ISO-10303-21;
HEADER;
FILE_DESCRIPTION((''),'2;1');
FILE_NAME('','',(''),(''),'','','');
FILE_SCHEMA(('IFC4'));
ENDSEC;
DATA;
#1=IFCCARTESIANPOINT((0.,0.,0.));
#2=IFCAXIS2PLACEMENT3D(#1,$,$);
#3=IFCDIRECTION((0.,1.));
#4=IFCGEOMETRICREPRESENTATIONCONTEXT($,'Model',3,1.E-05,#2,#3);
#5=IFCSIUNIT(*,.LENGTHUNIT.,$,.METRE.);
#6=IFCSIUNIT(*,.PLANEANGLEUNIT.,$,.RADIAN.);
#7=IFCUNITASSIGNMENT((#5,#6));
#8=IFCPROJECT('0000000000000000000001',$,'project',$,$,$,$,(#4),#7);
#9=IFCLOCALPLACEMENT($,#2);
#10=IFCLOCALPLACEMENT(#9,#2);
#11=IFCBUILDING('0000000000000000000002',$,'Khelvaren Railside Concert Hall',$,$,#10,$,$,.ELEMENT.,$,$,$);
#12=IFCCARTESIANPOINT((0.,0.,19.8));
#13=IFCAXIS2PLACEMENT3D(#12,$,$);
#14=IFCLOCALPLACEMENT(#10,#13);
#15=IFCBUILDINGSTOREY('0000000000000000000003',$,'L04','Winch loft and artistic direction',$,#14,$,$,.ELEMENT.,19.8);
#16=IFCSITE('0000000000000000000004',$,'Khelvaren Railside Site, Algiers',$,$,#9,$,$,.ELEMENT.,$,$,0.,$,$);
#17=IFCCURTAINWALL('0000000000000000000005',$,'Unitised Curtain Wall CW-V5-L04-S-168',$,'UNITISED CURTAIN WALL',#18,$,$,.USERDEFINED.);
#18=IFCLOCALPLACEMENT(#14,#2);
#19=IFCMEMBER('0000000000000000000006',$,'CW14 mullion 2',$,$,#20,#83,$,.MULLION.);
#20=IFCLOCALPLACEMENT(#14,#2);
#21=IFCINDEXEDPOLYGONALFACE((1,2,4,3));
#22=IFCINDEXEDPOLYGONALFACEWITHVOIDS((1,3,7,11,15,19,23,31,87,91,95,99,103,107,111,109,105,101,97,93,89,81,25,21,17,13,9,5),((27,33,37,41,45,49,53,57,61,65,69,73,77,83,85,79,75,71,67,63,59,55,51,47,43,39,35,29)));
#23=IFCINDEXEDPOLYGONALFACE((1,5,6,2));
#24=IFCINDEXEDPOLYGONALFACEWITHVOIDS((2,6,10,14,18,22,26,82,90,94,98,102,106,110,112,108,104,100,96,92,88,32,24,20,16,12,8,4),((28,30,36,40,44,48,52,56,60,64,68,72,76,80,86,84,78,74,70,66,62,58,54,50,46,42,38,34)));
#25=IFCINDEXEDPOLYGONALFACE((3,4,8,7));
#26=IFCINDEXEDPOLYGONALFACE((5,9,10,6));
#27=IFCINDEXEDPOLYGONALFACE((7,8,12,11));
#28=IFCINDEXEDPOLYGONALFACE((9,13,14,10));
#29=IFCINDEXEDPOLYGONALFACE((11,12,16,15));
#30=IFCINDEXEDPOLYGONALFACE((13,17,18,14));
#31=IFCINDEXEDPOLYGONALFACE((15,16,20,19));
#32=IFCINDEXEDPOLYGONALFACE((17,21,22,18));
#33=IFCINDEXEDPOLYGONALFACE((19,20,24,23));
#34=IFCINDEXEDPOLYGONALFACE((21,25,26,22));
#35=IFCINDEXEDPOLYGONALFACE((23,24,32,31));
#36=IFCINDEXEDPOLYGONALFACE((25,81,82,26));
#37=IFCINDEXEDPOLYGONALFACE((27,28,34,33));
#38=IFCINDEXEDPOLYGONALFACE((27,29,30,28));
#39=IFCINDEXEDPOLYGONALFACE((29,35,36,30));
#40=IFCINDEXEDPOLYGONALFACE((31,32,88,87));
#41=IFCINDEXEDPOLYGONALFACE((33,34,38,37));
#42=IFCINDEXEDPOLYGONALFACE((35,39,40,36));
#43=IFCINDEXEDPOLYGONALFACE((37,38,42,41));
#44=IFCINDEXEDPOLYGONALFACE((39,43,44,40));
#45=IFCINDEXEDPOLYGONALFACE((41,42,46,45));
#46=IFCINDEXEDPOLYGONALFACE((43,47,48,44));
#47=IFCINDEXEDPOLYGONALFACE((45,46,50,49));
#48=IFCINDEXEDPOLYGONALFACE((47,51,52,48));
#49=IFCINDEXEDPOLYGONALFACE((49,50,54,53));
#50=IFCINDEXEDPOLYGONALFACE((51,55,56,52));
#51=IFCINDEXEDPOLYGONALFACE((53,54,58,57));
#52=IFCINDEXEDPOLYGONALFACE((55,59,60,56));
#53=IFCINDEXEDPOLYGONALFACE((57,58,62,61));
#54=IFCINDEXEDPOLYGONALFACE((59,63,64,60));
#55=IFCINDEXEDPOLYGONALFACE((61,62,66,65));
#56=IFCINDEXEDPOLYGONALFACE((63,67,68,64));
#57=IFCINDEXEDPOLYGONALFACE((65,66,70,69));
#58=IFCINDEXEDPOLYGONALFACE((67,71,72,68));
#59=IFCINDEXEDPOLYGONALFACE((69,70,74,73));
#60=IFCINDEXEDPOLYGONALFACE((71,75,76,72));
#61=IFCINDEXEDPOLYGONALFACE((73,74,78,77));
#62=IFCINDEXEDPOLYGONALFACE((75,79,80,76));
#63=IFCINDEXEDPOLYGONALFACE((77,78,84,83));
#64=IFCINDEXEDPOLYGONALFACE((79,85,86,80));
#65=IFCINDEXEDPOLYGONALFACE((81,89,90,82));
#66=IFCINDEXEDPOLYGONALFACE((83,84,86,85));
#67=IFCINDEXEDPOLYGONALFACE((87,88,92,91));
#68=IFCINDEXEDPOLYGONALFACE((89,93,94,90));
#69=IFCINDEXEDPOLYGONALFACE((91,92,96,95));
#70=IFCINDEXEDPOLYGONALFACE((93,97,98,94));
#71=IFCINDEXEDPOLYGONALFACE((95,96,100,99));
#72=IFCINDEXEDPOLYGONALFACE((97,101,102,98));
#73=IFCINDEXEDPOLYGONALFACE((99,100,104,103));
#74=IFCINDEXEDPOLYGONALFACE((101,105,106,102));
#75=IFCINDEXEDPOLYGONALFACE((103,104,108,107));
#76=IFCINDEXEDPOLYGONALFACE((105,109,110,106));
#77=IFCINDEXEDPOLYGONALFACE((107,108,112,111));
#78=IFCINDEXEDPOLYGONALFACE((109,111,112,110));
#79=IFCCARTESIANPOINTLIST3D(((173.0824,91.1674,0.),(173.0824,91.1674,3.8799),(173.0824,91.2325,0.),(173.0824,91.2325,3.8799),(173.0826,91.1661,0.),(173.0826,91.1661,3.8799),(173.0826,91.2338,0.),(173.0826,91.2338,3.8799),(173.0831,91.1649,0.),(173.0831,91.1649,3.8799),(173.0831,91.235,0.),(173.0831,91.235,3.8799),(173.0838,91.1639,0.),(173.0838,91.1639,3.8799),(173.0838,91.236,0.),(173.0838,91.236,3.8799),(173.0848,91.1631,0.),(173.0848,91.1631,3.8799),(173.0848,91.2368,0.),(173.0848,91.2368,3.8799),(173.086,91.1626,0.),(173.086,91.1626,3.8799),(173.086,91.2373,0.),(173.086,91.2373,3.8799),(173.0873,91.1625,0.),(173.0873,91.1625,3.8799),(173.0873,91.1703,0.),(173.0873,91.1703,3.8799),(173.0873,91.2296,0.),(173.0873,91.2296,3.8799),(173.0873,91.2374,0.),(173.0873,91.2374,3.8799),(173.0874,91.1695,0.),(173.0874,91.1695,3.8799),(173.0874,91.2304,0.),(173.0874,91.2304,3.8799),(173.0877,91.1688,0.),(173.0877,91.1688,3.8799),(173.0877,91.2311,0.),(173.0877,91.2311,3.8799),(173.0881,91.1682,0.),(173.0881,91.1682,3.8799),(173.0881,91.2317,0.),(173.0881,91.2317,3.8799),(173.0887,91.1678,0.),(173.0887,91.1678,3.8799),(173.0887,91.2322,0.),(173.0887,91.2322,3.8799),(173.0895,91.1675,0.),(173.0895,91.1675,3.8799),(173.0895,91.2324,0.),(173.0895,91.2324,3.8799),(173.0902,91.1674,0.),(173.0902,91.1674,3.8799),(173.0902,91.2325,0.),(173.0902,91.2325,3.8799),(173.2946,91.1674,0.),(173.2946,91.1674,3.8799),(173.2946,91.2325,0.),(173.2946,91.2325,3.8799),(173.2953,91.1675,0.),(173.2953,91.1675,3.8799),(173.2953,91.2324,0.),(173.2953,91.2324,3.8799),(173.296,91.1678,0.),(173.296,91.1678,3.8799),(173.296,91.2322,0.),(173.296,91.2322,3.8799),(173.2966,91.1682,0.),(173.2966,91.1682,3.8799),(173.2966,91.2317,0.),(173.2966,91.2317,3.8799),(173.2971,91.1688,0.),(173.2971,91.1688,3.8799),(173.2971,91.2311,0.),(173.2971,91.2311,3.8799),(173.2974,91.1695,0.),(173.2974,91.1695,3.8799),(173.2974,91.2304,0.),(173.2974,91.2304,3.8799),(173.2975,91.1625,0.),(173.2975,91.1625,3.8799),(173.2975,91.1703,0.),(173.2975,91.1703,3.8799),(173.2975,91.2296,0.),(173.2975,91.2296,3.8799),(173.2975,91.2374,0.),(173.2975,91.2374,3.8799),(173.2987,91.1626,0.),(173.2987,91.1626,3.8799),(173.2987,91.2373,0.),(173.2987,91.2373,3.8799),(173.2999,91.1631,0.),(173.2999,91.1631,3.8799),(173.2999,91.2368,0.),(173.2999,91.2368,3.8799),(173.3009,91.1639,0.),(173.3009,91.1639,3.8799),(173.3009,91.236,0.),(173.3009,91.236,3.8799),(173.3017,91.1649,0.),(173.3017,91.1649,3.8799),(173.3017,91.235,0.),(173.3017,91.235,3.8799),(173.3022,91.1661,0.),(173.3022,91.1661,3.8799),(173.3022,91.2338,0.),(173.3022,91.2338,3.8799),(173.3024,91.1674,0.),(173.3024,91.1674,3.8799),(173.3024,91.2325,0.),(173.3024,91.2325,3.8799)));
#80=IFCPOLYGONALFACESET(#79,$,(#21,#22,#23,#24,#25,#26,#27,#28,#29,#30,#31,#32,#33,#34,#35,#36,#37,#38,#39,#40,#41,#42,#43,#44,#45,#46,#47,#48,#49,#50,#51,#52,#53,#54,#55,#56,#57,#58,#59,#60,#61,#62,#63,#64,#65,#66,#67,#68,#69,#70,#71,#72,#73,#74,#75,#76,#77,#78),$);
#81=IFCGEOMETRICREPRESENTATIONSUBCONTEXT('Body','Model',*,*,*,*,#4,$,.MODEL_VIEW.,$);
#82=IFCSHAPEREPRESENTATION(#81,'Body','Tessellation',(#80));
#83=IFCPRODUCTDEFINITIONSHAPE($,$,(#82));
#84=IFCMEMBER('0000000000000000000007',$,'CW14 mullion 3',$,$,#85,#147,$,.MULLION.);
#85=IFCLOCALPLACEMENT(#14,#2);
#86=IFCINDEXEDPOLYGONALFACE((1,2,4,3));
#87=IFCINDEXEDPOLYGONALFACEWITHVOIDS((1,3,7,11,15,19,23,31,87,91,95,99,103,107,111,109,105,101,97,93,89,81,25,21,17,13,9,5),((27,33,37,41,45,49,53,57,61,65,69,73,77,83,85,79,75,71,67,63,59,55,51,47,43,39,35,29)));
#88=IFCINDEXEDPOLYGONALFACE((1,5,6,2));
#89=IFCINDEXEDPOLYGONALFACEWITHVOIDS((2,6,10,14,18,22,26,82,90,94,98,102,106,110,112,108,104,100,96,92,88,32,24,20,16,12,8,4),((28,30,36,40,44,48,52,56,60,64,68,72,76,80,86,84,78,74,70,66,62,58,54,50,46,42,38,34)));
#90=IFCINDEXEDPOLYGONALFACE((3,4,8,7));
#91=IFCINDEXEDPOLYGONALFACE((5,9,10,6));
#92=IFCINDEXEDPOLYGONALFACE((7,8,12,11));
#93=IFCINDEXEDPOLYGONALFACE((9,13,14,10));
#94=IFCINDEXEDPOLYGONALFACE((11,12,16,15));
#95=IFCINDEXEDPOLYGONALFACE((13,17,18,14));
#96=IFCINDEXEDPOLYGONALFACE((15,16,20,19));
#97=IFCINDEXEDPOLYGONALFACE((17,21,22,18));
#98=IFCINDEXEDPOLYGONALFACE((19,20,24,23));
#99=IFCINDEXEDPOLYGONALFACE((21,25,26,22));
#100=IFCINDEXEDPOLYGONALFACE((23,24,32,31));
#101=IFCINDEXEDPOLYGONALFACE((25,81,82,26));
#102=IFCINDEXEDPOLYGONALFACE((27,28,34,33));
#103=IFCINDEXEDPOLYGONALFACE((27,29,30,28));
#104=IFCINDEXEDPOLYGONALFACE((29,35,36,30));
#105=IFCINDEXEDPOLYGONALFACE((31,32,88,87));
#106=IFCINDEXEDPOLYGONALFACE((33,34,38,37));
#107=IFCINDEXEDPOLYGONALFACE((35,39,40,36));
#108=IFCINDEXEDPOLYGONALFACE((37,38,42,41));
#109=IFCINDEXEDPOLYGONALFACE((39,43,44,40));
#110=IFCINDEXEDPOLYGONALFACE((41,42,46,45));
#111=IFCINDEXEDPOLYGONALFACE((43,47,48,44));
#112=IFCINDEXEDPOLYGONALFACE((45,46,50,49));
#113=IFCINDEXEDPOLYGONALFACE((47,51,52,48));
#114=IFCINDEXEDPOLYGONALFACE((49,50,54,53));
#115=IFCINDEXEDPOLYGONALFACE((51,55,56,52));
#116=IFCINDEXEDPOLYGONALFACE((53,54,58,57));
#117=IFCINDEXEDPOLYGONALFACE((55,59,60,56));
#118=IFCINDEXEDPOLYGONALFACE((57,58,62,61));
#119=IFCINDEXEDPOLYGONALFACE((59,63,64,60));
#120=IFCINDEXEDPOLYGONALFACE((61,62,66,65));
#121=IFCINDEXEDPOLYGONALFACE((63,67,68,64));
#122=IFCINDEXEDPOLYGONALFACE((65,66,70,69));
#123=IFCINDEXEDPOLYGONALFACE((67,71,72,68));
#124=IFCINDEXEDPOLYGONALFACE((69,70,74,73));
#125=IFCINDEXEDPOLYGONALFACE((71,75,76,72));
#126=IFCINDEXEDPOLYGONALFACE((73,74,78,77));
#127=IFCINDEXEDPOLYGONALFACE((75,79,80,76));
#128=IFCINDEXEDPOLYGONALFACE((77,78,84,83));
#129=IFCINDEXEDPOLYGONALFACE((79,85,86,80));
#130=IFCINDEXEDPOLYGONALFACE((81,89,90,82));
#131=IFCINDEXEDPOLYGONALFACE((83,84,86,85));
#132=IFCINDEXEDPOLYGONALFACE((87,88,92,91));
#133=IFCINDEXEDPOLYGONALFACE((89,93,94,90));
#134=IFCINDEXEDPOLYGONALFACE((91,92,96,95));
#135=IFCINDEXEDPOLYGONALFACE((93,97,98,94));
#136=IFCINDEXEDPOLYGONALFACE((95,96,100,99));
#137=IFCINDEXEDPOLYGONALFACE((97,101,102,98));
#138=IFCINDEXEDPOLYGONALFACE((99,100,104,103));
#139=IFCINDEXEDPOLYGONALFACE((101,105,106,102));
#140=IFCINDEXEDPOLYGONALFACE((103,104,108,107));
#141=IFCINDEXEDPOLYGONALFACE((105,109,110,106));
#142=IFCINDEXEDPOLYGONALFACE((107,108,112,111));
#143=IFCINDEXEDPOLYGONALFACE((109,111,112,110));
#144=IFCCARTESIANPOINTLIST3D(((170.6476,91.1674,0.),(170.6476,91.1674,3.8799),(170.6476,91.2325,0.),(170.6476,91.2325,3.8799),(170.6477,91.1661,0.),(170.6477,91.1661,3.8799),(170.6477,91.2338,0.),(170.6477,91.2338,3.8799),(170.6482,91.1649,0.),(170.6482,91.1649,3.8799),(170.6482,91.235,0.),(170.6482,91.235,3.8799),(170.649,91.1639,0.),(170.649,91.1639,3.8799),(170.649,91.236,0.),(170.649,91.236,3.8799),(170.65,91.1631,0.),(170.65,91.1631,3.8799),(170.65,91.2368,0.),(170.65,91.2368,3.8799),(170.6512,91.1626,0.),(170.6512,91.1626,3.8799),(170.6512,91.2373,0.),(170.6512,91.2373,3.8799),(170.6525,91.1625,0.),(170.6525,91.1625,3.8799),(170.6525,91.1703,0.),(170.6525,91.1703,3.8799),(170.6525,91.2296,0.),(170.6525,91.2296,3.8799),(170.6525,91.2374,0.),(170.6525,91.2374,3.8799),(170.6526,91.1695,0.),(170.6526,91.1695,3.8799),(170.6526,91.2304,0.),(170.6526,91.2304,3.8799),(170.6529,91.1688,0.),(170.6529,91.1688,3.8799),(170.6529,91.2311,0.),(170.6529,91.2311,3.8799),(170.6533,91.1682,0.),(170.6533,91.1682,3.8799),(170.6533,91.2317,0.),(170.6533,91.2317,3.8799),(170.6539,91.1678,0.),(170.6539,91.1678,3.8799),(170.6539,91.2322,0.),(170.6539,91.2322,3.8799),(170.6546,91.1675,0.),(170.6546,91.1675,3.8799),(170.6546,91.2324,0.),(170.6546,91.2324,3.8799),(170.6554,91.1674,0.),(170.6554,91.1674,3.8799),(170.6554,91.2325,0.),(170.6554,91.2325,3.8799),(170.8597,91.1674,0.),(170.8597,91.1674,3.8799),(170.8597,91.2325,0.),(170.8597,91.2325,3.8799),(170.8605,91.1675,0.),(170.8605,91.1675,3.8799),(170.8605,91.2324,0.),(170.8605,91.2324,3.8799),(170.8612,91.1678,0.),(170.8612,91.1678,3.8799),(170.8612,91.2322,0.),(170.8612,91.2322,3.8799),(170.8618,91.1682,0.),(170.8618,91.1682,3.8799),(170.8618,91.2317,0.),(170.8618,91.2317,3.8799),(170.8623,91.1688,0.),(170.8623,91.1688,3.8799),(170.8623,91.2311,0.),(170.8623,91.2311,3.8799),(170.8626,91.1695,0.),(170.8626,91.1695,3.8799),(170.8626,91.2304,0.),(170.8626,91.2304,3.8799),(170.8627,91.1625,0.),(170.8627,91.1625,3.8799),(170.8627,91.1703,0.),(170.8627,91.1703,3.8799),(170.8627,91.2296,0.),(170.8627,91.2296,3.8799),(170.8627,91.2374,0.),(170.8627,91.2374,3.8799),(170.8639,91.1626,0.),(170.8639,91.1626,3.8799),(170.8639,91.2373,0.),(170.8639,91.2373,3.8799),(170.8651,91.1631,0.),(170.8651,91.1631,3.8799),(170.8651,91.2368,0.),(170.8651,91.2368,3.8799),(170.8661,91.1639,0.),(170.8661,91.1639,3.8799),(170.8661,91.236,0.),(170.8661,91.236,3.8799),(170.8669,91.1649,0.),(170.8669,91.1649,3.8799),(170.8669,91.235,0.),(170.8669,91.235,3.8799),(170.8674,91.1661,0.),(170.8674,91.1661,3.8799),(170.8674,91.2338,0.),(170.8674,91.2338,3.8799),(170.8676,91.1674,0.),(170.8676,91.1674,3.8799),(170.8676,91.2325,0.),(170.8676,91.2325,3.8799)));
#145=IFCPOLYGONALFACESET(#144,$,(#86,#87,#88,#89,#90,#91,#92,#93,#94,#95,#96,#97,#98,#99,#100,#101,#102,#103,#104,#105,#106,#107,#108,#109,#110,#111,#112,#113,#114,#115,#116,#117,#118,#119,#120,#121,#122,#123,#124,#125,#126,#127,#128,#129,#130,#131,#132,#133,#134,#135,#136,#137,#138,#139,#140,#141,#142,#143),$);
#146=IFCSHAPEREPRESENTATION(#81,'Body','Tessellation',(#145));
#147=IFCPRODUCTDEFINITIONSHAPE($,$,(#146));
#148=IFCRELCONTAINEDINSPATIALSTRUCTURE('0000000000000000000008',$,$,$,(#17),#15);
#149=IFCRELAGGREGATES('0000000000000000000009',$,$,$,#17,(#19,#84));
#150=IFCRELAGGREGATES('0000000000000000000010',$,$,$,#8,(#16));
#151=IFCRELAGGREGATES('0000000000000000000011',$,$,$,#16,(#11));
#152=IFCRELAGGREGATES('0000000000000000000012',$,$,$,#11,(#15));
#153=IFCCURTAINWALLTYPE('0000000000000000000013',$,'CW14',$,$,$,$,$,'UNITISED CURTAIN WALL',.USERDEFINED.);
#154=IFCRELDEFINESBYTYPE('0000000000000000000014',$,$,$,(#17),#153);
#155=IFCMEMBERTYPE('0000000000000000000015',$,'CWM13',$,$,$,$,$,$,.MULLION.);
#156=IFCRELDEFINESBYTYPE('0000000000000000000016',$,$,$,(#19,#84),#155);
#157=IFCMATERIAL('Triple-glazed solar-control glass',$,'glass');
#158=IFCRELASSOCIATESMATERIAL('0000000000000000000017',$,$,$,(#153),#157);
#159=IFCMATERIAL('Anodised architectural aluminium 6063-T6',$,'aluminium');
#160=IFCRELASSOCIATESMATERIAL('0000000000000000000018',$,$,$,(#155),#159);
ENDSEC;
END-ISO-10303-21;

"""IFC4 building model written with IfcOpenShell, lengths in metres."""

from ifc_helpers import new_model, si_unit, direction, frame, origin, origin_2d, place, context, subcontext, project, spatial, hollow_rectangle, extrude, material, material_profile, profile_set, type_object, element, aggregate, save


model = new_model("IFC4")

# Units and contexts
model_context = context("Model", 3, precision=1e-05, world=origin(), true_north=direction((0.0, 1.0)))
body_context = subcontext(model_context, "Body", "Model", "MODEL_VIEW")
ifc_project = project(units=[si_unit("LENGTHUNIT", "METRE"), si_unit("PLANEANGLEUNIT", "RADIAN")], contexts=[model_context])

# Site, building, storey
site_placement = place(None, origin())
site = spatial("IfcSite", under=ifc_project, at=site_placement, Name="Khelvaren Railside Site, Algiers", CompositionType="ELEMENT", RefElevation=0.0)
building_placement = place(site_placement, origin())
building = spatial("IfcBuilding", under=site, at=building_placement, Name="Khelvaren Railside Concert Hall", CompositionType="ELEMENT")
storey_placement = place(building_placement, frame((0.0, 0.0, 19.8)))
storey = spatial("IfcBuildingStorey", under=building, at=storey_placement, Name="L04", Description="Winch loft and artistic direction", CompositionType="ELEMENT", Elevation=19.8)

# Curtain wall, members
ifc_material_1 = material(Name="Triple-glazed solar-control glass", Category="glass")
curtain_wall_type_1 = type_object("IfcCurtainWallType", Name="CW14", ElementType="UNITISED CURTAIN WALL", PredefinedType="USERDEFINED", material=ifc_material_1)
curtain_wall_1_placement = place(storey_placement, origin())
curtain_wall_1 = element("IfcCurtainWall", 1, at=curtain_wall_1_placement, inside=storey, type_object=curtain_wall_type_1, Name="Unitised Curtain Wall CW-V5-L04-S-168", ObjectType="UNITISED CURTAIN WALL", PredefinedType="USERDEFINED")
ifc_material_2 = material(Name="Anodised architectural aluminium 6063-T6", Category="aluminium")
ifc_material_profile_1 = material_profile(ifc_material_2, hollow_rectangle(XDim=0.075, YDim=0.22, WallThickness=0.0049, InnerFilletRadius=0.0029, OuterFilletRadius=0.0049, at=origin_2d()), Name="CWM 75x220x5")
ifc_profile_set_1 = profile_set([ifc_material_profile_1], Name="Anodised architectural aluminium 6063-T6")
member_type_1 = type_object("IfcMemberType", Name="CWM13", PredefinedType="MULLION", material=ifc_profile_set_1)
member_1_placement = place(storey_placement, frame((173.1924, 91.2, 0.0), z_axis=(0.0, 0.0, 1.0), x_axis=(0.0, -1.0, 0.0)))
member_1 = element("IfcMember", 2, at=member_1_placement, type_object=member_type_1, Name="CW14 mullion 2", PredefinedType="MULLION", context=body_context, shape_type="SweptSolid", body=[
    extrude(hollow_rectangle(XDim=0.075, YDim=0.22, WallThickness=0.0049, InnerFilletRadius=0.0029, OuterFilletRadius=0.0049, at=origin_2d()), origin(), (0.0, 0.0, 1.0), 3.8799),
])
member_2_placement = place(storey_placement, frame((170.7576, 91.2, 0.0), z_axis=(0.0, 0.0, 1.0), x_axis=(0.0, -1.0, 0.0)))
member_2 = element("IfcMember", 3, at=member_2_placement, type_object=member_type_1, Name="CW14 mullion 3", PredefinedType="MULLION", context=body_context, shape_type="SweptSolid", body=[
    extrude(hollow_rectangle(XDim=0.075, YDim=0.22, WallThickness=0.0049, InnerFilletRadius=0.0029, OuterFilletRadius=0.0049, at=origin_2d()), origin(), (0.0, 0.0, 1.0), 3.8799),
])

aggregate(curtain_wall_1, [member_1, member_2])

save(model, "model.ifc")
